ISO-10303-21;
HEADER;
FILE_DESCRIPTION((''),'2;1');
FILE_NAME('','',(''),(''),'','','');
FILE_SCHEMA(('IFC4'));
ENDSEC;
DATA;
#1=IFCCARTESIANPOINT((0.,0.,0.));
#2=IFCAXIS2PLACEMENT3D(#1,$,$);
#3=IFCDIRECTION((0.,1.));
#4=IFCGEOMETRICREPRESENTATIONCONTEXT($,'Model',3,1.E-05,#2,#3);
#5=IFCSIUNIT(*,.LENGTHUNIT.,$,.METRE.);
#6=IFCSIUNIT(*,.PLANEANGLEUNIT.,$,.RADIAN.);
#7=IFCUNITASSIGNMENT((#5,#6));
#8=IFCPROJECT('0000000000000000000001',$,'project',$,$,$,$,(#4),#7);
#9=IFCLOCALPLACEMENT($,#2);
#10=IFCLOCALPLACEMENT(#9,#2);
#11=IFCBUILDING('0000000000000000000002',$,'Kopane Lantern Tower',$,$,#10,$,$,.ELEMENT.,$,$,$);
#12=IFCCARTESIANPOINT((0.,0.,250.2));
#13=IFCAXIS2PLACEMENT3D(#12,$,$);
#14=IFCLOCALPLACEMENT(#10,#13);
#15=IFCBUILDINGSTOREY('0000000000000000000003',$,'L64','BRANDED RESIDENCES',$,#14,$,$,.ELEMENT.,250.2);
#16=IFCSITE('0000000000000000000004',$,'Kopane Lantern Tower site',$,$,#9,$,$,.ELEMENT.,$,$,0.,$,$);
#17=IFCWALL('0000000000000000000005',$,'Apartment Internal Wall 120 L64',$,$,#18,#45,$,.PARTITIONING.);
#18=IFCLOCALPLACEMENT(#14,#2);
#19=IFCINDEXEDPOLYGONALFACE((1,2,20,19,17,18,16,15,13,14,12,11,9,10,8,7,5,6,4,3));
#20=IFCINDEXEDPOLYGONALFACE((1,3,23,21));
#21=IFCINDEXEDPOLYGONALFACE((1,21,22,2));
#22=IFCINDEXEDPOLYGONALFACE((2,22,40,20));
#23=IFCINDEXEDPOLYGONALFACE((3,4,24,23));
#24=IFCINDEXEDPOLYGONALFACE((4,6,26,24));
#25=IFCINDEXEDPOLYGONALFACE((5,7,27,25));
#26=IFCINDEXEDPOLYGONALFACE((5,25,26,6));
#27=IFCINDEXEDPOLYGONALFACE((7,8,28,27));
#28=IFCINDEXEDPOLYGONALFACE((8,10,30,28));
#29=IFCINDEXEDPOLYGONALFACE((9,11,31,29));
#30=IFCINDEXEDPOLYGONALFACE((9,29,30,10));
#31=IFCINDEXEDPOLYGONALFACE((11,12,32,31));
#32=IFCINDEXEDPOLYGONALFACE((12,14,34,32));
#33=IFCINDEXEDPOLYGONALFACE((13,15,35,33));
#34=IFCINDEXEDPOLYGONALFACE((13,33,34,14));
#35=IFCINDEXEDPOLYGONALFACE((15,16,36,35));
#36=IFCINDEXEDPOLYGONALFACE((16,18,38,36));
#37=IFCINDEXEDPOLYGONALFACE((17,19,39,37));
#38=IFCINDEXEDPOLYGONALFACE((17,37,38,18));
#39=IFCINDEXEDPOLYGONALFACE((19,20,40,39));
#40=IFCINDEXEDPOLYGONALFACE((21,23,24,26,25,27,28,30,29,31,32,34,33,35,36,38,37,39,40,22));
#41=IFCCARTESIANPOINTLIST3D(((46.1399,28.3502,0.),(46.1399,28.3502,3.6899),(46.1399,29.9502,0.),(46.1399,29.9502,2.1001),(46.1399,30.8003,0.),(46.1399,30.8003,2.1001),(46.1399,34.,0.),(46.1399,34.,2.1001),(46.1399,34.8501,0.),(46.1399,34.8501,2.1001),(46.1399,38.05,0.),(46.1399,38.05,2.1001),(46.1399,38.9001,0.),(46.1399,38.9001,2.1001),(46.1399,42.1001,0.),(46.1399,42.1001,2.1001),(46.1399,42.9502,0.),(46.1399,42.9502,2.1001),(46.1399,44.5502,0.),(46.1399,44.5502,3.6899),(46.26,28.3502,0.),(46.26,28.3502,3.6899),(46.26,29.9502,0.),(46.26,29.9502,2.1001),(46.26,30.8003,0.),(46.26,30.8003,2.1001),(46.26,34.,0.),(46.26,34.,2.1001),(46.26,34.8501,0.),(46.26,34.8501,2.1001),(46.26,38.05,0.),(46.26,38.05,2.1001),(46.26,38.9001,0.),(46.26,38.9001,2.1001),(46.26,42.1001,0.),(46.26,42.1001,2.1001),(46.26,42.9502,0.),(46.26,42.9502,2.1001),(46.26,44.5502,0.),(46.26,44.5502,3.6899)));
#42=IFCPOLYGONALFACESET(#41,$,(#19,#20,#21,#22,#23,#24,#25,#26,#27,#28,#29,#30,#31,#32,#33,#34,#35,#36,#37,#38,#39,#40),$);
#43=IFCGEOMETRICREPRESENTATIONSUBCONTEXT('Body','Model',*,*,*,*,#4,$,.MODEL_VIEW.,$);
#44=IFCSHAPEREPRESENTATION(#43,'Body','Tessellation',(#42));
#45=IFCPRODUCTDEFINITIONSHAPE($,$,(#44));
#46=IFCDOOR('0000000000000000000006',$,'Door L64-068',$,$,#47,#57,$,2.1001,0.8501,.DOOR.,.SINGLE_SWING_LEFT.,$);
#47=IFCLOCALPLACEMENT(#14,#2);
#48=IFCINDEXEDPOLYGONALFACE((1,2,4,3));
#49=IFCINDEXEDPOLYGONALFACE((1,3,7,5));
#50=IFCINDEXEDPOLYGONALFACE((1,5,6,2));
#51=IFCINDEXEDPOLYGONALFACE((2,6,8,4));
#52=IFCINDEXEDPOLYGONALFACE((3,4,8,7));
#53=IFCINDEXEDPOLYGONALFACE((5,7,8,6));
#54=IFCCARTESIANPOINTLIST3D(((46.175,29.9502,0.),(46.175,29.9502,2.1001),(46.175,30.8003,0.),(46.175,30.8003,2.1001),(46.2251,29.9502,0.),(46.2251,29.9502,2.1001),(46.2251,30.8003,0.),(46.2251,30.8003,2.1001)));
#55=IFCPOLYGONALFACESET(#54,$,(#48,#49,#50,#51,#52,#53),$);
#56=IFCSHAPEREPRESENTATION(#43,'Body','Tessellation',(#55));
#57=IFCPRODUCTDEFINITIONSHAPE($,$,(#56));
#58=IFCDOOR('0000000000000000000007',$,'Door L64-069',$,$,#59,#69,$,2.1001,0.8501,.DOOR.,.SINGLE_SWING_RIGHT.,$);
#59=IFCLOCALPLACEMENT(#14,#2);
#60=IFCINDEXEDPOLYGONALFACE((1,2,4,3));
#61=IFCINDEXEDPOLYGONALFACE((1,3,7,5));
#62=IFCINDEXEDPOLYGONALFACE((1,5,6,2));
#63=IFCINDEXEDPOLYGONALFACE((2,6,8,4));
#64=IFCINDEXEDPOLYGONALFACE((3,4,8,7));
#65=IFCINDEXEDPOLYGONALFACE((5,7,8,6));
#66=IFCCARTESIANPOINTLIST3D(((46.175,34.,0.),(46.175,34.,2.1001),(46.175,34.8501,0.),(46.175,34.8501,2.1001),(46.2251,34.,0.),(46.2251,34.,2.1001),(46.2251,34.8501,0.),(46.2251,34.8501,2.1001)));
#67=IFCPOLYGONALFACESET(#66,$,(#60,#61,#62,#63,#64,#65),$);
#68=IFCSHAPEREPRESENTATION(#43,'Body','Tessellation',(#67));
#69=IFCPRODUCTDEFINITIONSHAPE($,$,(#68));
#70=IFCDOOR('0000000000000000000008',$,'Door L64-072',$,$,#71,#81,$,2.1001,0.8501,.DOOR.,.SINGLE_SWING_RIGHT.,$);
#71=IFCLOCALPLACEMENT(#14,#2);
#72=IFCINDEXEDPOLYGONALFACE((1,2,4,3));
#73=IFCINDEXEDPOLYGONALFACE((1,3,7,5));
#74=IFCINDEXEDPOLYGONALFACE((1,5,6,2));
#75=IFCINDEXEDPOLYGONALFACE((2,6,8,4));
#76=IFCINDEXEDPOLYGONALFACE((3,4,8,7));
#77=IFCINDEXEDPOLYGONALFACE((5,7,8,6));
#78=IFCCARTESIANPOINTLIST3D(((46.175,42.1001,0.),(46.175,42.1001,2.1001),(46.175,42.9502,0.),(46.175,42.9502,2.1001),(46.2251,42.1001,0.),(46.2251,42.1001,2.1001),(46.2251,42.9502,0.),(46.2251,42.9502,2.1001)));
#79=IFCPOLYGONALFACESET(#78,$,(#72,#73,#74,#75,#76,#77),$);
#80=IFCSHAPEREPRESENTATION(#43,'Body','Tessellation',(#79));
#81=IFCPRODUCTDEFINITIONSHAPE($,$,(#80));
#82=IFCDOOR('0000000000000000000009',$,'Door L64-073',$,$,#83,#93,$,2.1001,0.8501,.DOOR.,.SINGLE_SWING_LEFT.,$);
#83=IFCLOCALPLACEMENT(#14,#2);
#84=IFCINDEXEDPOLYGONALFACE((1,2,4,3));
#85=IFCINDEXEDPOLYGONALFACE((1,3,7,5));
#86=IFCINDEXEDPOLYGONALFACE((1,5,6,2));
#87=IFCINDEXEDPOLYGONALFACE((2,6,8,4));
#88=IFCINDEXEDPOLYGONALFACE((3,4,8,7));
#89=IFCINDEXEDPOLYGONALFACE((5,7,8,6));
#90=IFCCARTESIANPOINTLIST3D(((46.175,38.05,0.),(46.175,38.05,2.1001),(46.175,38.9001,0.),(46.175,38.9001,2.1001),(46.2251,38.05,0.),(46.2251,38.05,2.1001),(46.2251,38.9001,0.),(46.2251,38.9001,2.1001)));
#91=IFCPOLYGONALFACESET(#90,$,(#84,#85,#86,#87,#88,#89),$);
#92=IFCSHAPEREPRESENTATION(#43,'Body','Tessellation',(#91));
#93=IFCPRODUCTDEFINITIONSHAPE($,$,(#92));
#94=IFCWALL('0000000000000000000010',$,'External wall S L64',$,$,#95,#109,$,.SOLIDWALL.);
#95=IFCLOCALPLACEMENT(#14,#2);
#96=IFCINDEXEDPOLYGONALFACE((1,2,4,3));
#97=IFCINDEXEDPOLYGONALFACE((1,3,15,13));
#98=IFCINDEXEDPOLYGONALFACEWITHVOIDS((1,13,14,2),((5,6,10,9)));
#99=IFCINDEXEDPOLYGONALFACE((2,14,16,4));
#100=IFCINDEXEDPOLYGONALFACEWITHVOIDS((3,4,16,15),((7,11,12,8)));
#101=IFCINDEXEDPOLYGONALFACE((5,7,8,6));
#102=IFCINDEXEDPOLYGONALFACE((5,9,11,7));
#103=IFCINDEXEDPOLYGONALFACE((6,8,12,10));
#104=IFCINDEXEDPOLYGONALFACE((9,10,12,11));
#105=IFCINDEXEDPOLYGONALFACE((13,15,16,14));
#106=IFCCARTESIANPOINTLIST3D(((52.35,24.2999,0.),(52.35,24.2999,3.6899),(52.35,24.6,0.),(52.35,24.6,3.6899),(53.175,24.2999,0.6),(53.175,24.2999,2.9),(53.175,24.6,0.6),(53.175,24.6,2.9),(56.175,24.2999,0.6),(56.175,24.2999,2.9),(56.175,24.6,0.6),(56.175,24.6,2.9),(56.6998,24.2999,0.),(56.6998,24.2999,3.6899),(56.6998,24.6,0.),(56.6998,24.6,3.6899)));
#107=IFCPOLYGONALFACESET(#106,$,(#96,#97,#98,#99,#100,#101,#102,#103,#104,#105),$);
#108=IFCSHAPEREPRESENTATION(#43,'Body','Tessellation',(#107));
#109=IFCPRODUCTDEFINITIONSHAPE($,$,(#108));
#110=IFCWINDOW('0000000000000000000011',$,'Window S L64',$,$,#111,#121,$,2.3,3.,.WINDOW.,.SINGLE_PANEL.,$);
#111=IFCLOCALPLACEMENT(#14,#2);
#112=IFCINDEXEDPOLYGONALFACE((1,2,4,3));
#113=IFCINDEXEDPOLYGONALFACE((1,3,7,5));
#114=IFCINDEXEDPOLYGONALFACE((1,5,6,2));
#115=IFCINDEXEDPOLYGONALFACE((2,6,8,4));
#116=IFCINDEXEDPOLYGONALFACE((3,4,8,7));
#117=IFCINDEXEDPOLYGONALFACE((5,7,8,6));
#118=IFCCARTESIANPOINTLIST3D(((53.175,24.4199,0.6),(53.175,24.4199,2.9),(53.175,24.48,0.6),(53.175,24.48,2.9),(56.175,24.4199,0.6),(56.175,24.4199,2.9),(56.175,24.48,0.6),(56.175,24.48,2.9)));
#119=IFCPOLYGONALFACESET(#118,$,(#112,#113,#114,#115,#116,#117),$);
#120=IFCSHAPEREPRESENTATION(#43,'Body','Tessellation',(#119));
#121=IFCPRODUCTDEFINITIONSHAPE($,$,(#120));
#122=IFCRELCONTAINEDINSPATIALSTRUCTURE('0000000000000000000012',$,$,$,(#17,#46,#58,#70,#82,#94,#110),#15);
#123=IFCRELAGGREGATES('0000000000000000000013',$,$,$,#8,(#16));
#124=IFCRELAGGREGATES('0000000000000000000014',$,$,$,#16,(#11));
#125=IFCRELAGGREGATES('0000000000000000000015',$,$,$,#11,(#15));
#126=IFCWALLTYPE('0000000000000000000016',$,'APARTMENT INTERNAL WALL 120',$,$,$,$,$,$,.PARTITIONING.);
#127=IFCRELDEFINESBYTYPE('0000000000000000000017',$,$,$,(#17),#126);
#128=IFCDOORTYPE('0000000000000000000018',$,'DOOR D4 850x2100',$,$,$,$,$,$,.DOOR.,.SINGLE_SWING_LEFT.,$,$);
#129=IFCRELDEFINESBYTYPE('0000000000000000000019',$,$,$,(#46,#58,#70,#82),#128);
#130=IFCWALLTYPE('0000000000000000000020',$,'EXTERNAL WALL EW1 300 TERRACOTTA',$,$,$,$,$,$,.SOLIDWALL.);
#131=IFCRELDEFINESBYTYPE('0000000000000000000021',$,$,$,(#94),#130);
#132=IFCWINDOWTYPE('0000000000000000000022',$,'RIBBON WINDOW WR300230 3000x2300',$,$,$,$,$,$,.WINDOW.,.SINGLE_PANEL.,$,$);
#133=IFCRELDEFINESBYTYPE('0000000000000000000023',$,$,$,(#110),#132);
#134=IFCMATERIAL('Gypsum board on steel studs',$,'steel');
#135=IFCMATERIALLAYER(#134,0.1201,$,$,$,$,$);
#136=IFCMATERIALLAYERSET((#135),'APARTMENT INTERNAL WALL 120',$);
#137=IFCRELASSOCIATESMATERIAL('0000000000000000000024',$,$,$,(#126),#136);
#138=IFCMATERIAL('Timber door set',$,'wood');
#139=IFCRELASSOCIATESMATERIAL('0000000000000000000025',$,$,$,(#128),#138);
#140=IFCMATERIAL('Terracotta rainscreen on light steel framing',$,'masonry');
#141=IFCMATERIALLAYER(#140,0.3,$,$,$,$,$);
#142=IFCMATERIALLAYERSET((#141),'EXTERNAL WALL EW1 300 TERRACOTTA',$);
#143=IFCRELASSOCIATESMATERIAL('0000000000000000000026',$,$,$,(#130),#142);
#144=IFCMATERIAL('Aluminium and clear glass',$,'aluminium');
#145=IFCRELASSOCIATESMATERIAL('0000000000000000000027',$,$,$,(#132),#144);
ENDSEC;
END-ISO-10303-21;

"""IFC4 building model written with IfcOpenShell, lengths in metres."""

from ifc_helpers import new_model, si_unit, direction, frame, frame_2d, origin, place, context, subcontext, project, spatial, rectangle, extrude, material, layer, layer_set, type_object, element, fill, save


model = new_model("IFC4")

# Units and contexts
model_context = context("Model", 3, precision=1e-05, world=origin(), true_north=direction((0.0, 1.0)))
body_context = subcontext(model_context, "Body", "Model", "MODEL_VIEW")
ifc_project = project(units=[si_unit("LENGTHUNIT", "METRE"), si_unit("PLANEANGLEUNIT", "RADIAN")], contexts=[model_context])

# Site, building, storey
site_placement = place(None, origin())
site = spatial("IfcSite", under=ifc_project, at=site_placement, Name="Kopane Lantern Tower site", CompositionType="ELEMENT", RefElevation=0.0)
building_placement = place(site_placement, origin())
building = spatial("IfcBuilding", under=site, at=building_placement, Name="Kopane Lantern Tower", CompositionType="ELEMENT")
storey_placement = place(building_placement, frame((0.0, 0.0, 250.2)))
storey = spatial("IfcBuildingStorey", under=building, at=storey_placement, Name="L64", Description="BRANDED RESIDENCES", CompositionType="ELEMENT", Elevation=250.2)

# Wall, openings, doors
ifc_material_1 = material(Name="Gypsum board on steel studs", Category="steel")
ifc_layer_1 = layer(ifc_material_1, 0.1201)
ifc_layer_set_1 = layer_set([ifc_layer_1], Name="APARTMENT INTERNAL WALL 120")
wall_type_1 = type_object("IfcWallType", Name="APARTMENT INTERNAL WALL 120", PredefinedType="PARTITIONING", material=ifc_layer_set_1)
wall_1_placement = place(storey_placement, frame((46.2, 28.3501, 0.0), z_axis=(0.0, 0.0, 1.0), x_axis=(0.0, 1.0, 0.0)))
wall_1 = element("IfcWall", 1, at=wall_1_placement, inside=storey, type_object=wall_type_1, Name="Apartment Internal Wall 120 L64", PredefinedType="PARTITIONING", context=body_context, shape_type="SweptSolid", body=[
    extrude(rectangle(XDim=16.2, YDim=0.1201, at=frame_2d((8.1001, 0.0))), origin(), (0.0, 0.0, 1.0), 3.6899),
])
opening_1_placement = place(wall_1_placement, frame((1.6001, 0.0, 0.0)))
opening_1 = element("IfcOpeningElement", 2, at=opening_1_placement, cuts=wall_1, PredefinedType="OPENING", context=body_context, shape_type="SweptSolid", body=[
    extrude(rectangle(XDim=0.8501, YDim=2.1001, at=frame_2d((0.425, 1.05))), frame((0.0, 0.0701, 0.0), z_axis=(0.0, -1.0, 0.0), x_axis=(1.0, 0.0, 0.0)), (0.0, 0.0, 1.0), 0.1401),
])
opening_2_placement = place(wall_1_placement, frame((5.6499, 0.0, 0.0)))
opening_2 = element("IfcOpeningElement", 3, at=opening_2_placement, cuts=wall_1, PredefinedType="OPENING", context=body_context, shape_type="SweptSolid", body=[
    extrude(rectangle(XDim=0.8501, YDim=2.1001, at=frame_2d((0.425, 1.05))), frame((0.0, 0.0701, 0.0), z_axis=(0.0, -1.0, 0.0), x_axis=(1.0, 0.0, 0.0)), (0.0, 0.0, 1.0), 0.1401),
])
opening_3_placement = place(wall_1_placement, frame((13.75, 0.0, 0.0)))
opening_3 = element("IfcOpeningElement", 4, at=opening_3_placement, cuts=wall_1, PredefinedType="OPENING", context=body_context, shape_type="SweptSolid", body=[
    extrude(rectangle(XDim=0.8501, YDim=2.1001, at=frame_2d((0.425, 1.05))), frame((0.0, 0.0701, 0.0), z_axis=(0.0, -1.0, 0.0), x_axis=(1.0, 0.0, 0.0)), (0.0, 0.0, 1.0), 0.1401),
])
opening_4_placement = place(wall_1_placement, frame((9.7, 0.0, 0.0)))
opening_4 = element("IfcOpeningElement", 5, at=opening_4_placement, cuts=wall_1, PredefinedType="OPENING", context=body_context, shape_type="SweptSolid", body=[
    extrude(rectangle(XDim=0.8501, YDim=2.1001, at=frame_2d((0.425, 1.05))), frame((0.0, 0.0701, 0.0), z_axis=(0.0, -1.0, 0.0), x_axis=(1.0, 0.0, 0.0)), (0.0, 0.0, 1.0), 0.1401),
])
ifc_material_2 = material(Name="Timber door set", Category="wood")
door_type = type_object("IfcDoorType", Name="DOOR D4 850x2100", OperationType="SINGLE_SWING_LEFT", PredefinedType="DOOR", material=ifc_material_2)
door_1_placement = place(opening_1_placement, origin())
door_1 = element("IfcDoor", 6, at=door_1_placement, inside=storey, type_object=door_type, Name="Door L64-068", OperationType="SINGLE_SWING_LEFT", OverallHeight=2.1001, OverallWidth=0.8501, PredefinedType="DOOR", context=body_context, shape_type="SweptSolid", body=[
    extrude(rectangle(XDim=0.8501, YDim=2.1001, at=frame_2d((0.425, 1.05))), frame((0.0, 0.0249, 0.0), z_axis=(0.0, -1.0, 0.0), x_axis=(1.0, 0.0, 0.0)), (0.0, 0.0, 1.0), 0.05),
])
fill(opening_1, door_1)
door_2_placement = place(opening_2_placement, origin())
door_2 = element("IfcDoor", 7, at=door_2_placement, inside=storey, type_object=door_type, Name="Door L64-069", OperationType="SINGLE_SWING_RIGHT", OverallHeight=2.1001, OverallWidth=0.8501, PredefinedType="DOOR", context=body_context, shape_type="SweptSolid", body=[
    extrude(rectangle(XDim=0.8501, YDim=2.1001, at=frame_2d((0.425, 1.05))), frame((0.0, 0.0249, 0.0), z_axis=(0.0, -1.0, 0.0), x_axis=(1.0, 0.0, 0.0)), (0.0, 0.0, 1.0), 0.05),
])
fill(opening_2, door_2)
door_3_placement = place(opening_3_placement, origin())
door_3 = element("IfcDoor", 8, at=door_3_placement, inside=storey, type_object=door_type, Name="Door L64-072", OperationType="SINGLE_SWING_RIGHT", OverallHeight=2.1001, OverallWidth=0.8501, PredefinedType="DOOR", context=body_context, shape_type="SweptSolid", body=[
    extrude(rectangle(XDim=0.8501, YDim=2.1001, at=frame_2d((0.425, 1.05))), frame((0.0, 0.0249, 0.0), z_axis=(0.0, -1.0, 0.0), x_axis=(1.0, 0.0, 0.0)), (0.0, 0.0, 1.0), 0.05),
])
fill(opening_3, door_3)
door_4_placement = place(opening_4_placement, origin())
door_4 = element("IfcDoor", 9, at=door_4_placement, inside=storey, type_object=door_type, Name="Door L64-073", OperationType="SINGLE_SWING_LEFT", OverallHeight=2.1001, OverallWidth=0.8501, PredefinedType="DOOR", context=body_context, shape_type="SweptSolid", body=[
    extrude(rectangle(XDim=0.8501, YDim=2.1001, at=frame_2d((0.425, 1.05))), frame((0.0, 0.0249, 0.0), z_axis=(0.0, -1.0, 0.0), x_axis=(1.0, 0.0, 0.0)), (0.0, 0.0, 1.0), 0.05),
])
fill(opening_4, door_4)

# Wall, opening, window
ifc_material_3 = material(Name="Terracotta rainscreen on light steel framing", Category="masonry")
ifc_layer_2 = layer(ifc_material_3, 0.3)
ifc_layer_set_2 = layer_set([ifc_layer_2], Name="EXTERNAL WALL EW1 300 TERRACOTTA")
wall_type_2 = type_object("IfcWallType", Name="EXTERNAL WALL EW1 300 TERRACOTTA", PredefinedType="SOLIDWALL", material=ifc_layer_set_2)
wall_2_placement = place(storey_placement, frame((52.3501, 24.45, 0.0), z_axis=(0.0, 0.0, 1.0), x_axis=(1.0, 0.0, 0.0)))
wall_2 = element("IfcWall", 10, at=wall_2_placement, inside=storey, type_object=wall_type_2, Name="External wall S L64", PredefinedType="SOLIDWALL", context=body_context, shape_type="SweptSolid", body=[
    extrude(rectangle(XDim=4.3499, YDim=0.3, at=frame_2d((2.1748, 0.0))), origin(), (0.0, 0.0, 1.0), 3.6899),
])
opening_5_placement = place(wall_2_placement, frame((0.825, 0.0, 0.6001)))
opening_5 = element("IfcOpeningElement", 11, at=opening_5_placement, cuts=wall_2, PredefinedType="OPENING", context=body_context, shape_type="SweptSolid", body=[
    extrude(rectangle(XDim=3.0, YDim=2.3, at=frame_2d((1.5, 1.1499))), frame((0.0, 0.1599, 0.0), z_axis=(0.0, -1.0, 0.0), x_axis=(1.0, 0.0, 0.0)), (0.0, 0.0, 1.0), 0.3201),
])
ifc_material_4 = material(Name="Aluminium and clear glass", Category="aluminium")
window_type_1 = type_object("IfcWindowType", Name="RIBBON WINDOW WR300230 3000x2300", PartitioningType="SINGLE_PANEL", PredefinedType="WINDOW", material=ifc_material_4)
window_1_placement = place(opening_5_placement, origin())
window_1 = element("IfcWindow", 12, at=window_1_placement, inside=storey, type_object=window_type_1, Name="Window S L64", OverallHeight=2.3, OverallWidth=3.0, PartitioningType="SINGLE_PANEL", PredefinedType="WINDOW", context=body_context, shape_type="SweptSolid", body=[
    extrude(rectangle(XDim=3.0, YDim=2.3, at=frame_2d((1.5, 1.1499))), frame((0.0, 0.03, 0.0), z_axis=(0.0, -1.0, 0.0), x_axis=(1.0, 0.0, 0.0)), (0.0, 0.0, 1.0), 0.0601),
])
fill(opening_5, window_1)

save(model, "model.ifc")
